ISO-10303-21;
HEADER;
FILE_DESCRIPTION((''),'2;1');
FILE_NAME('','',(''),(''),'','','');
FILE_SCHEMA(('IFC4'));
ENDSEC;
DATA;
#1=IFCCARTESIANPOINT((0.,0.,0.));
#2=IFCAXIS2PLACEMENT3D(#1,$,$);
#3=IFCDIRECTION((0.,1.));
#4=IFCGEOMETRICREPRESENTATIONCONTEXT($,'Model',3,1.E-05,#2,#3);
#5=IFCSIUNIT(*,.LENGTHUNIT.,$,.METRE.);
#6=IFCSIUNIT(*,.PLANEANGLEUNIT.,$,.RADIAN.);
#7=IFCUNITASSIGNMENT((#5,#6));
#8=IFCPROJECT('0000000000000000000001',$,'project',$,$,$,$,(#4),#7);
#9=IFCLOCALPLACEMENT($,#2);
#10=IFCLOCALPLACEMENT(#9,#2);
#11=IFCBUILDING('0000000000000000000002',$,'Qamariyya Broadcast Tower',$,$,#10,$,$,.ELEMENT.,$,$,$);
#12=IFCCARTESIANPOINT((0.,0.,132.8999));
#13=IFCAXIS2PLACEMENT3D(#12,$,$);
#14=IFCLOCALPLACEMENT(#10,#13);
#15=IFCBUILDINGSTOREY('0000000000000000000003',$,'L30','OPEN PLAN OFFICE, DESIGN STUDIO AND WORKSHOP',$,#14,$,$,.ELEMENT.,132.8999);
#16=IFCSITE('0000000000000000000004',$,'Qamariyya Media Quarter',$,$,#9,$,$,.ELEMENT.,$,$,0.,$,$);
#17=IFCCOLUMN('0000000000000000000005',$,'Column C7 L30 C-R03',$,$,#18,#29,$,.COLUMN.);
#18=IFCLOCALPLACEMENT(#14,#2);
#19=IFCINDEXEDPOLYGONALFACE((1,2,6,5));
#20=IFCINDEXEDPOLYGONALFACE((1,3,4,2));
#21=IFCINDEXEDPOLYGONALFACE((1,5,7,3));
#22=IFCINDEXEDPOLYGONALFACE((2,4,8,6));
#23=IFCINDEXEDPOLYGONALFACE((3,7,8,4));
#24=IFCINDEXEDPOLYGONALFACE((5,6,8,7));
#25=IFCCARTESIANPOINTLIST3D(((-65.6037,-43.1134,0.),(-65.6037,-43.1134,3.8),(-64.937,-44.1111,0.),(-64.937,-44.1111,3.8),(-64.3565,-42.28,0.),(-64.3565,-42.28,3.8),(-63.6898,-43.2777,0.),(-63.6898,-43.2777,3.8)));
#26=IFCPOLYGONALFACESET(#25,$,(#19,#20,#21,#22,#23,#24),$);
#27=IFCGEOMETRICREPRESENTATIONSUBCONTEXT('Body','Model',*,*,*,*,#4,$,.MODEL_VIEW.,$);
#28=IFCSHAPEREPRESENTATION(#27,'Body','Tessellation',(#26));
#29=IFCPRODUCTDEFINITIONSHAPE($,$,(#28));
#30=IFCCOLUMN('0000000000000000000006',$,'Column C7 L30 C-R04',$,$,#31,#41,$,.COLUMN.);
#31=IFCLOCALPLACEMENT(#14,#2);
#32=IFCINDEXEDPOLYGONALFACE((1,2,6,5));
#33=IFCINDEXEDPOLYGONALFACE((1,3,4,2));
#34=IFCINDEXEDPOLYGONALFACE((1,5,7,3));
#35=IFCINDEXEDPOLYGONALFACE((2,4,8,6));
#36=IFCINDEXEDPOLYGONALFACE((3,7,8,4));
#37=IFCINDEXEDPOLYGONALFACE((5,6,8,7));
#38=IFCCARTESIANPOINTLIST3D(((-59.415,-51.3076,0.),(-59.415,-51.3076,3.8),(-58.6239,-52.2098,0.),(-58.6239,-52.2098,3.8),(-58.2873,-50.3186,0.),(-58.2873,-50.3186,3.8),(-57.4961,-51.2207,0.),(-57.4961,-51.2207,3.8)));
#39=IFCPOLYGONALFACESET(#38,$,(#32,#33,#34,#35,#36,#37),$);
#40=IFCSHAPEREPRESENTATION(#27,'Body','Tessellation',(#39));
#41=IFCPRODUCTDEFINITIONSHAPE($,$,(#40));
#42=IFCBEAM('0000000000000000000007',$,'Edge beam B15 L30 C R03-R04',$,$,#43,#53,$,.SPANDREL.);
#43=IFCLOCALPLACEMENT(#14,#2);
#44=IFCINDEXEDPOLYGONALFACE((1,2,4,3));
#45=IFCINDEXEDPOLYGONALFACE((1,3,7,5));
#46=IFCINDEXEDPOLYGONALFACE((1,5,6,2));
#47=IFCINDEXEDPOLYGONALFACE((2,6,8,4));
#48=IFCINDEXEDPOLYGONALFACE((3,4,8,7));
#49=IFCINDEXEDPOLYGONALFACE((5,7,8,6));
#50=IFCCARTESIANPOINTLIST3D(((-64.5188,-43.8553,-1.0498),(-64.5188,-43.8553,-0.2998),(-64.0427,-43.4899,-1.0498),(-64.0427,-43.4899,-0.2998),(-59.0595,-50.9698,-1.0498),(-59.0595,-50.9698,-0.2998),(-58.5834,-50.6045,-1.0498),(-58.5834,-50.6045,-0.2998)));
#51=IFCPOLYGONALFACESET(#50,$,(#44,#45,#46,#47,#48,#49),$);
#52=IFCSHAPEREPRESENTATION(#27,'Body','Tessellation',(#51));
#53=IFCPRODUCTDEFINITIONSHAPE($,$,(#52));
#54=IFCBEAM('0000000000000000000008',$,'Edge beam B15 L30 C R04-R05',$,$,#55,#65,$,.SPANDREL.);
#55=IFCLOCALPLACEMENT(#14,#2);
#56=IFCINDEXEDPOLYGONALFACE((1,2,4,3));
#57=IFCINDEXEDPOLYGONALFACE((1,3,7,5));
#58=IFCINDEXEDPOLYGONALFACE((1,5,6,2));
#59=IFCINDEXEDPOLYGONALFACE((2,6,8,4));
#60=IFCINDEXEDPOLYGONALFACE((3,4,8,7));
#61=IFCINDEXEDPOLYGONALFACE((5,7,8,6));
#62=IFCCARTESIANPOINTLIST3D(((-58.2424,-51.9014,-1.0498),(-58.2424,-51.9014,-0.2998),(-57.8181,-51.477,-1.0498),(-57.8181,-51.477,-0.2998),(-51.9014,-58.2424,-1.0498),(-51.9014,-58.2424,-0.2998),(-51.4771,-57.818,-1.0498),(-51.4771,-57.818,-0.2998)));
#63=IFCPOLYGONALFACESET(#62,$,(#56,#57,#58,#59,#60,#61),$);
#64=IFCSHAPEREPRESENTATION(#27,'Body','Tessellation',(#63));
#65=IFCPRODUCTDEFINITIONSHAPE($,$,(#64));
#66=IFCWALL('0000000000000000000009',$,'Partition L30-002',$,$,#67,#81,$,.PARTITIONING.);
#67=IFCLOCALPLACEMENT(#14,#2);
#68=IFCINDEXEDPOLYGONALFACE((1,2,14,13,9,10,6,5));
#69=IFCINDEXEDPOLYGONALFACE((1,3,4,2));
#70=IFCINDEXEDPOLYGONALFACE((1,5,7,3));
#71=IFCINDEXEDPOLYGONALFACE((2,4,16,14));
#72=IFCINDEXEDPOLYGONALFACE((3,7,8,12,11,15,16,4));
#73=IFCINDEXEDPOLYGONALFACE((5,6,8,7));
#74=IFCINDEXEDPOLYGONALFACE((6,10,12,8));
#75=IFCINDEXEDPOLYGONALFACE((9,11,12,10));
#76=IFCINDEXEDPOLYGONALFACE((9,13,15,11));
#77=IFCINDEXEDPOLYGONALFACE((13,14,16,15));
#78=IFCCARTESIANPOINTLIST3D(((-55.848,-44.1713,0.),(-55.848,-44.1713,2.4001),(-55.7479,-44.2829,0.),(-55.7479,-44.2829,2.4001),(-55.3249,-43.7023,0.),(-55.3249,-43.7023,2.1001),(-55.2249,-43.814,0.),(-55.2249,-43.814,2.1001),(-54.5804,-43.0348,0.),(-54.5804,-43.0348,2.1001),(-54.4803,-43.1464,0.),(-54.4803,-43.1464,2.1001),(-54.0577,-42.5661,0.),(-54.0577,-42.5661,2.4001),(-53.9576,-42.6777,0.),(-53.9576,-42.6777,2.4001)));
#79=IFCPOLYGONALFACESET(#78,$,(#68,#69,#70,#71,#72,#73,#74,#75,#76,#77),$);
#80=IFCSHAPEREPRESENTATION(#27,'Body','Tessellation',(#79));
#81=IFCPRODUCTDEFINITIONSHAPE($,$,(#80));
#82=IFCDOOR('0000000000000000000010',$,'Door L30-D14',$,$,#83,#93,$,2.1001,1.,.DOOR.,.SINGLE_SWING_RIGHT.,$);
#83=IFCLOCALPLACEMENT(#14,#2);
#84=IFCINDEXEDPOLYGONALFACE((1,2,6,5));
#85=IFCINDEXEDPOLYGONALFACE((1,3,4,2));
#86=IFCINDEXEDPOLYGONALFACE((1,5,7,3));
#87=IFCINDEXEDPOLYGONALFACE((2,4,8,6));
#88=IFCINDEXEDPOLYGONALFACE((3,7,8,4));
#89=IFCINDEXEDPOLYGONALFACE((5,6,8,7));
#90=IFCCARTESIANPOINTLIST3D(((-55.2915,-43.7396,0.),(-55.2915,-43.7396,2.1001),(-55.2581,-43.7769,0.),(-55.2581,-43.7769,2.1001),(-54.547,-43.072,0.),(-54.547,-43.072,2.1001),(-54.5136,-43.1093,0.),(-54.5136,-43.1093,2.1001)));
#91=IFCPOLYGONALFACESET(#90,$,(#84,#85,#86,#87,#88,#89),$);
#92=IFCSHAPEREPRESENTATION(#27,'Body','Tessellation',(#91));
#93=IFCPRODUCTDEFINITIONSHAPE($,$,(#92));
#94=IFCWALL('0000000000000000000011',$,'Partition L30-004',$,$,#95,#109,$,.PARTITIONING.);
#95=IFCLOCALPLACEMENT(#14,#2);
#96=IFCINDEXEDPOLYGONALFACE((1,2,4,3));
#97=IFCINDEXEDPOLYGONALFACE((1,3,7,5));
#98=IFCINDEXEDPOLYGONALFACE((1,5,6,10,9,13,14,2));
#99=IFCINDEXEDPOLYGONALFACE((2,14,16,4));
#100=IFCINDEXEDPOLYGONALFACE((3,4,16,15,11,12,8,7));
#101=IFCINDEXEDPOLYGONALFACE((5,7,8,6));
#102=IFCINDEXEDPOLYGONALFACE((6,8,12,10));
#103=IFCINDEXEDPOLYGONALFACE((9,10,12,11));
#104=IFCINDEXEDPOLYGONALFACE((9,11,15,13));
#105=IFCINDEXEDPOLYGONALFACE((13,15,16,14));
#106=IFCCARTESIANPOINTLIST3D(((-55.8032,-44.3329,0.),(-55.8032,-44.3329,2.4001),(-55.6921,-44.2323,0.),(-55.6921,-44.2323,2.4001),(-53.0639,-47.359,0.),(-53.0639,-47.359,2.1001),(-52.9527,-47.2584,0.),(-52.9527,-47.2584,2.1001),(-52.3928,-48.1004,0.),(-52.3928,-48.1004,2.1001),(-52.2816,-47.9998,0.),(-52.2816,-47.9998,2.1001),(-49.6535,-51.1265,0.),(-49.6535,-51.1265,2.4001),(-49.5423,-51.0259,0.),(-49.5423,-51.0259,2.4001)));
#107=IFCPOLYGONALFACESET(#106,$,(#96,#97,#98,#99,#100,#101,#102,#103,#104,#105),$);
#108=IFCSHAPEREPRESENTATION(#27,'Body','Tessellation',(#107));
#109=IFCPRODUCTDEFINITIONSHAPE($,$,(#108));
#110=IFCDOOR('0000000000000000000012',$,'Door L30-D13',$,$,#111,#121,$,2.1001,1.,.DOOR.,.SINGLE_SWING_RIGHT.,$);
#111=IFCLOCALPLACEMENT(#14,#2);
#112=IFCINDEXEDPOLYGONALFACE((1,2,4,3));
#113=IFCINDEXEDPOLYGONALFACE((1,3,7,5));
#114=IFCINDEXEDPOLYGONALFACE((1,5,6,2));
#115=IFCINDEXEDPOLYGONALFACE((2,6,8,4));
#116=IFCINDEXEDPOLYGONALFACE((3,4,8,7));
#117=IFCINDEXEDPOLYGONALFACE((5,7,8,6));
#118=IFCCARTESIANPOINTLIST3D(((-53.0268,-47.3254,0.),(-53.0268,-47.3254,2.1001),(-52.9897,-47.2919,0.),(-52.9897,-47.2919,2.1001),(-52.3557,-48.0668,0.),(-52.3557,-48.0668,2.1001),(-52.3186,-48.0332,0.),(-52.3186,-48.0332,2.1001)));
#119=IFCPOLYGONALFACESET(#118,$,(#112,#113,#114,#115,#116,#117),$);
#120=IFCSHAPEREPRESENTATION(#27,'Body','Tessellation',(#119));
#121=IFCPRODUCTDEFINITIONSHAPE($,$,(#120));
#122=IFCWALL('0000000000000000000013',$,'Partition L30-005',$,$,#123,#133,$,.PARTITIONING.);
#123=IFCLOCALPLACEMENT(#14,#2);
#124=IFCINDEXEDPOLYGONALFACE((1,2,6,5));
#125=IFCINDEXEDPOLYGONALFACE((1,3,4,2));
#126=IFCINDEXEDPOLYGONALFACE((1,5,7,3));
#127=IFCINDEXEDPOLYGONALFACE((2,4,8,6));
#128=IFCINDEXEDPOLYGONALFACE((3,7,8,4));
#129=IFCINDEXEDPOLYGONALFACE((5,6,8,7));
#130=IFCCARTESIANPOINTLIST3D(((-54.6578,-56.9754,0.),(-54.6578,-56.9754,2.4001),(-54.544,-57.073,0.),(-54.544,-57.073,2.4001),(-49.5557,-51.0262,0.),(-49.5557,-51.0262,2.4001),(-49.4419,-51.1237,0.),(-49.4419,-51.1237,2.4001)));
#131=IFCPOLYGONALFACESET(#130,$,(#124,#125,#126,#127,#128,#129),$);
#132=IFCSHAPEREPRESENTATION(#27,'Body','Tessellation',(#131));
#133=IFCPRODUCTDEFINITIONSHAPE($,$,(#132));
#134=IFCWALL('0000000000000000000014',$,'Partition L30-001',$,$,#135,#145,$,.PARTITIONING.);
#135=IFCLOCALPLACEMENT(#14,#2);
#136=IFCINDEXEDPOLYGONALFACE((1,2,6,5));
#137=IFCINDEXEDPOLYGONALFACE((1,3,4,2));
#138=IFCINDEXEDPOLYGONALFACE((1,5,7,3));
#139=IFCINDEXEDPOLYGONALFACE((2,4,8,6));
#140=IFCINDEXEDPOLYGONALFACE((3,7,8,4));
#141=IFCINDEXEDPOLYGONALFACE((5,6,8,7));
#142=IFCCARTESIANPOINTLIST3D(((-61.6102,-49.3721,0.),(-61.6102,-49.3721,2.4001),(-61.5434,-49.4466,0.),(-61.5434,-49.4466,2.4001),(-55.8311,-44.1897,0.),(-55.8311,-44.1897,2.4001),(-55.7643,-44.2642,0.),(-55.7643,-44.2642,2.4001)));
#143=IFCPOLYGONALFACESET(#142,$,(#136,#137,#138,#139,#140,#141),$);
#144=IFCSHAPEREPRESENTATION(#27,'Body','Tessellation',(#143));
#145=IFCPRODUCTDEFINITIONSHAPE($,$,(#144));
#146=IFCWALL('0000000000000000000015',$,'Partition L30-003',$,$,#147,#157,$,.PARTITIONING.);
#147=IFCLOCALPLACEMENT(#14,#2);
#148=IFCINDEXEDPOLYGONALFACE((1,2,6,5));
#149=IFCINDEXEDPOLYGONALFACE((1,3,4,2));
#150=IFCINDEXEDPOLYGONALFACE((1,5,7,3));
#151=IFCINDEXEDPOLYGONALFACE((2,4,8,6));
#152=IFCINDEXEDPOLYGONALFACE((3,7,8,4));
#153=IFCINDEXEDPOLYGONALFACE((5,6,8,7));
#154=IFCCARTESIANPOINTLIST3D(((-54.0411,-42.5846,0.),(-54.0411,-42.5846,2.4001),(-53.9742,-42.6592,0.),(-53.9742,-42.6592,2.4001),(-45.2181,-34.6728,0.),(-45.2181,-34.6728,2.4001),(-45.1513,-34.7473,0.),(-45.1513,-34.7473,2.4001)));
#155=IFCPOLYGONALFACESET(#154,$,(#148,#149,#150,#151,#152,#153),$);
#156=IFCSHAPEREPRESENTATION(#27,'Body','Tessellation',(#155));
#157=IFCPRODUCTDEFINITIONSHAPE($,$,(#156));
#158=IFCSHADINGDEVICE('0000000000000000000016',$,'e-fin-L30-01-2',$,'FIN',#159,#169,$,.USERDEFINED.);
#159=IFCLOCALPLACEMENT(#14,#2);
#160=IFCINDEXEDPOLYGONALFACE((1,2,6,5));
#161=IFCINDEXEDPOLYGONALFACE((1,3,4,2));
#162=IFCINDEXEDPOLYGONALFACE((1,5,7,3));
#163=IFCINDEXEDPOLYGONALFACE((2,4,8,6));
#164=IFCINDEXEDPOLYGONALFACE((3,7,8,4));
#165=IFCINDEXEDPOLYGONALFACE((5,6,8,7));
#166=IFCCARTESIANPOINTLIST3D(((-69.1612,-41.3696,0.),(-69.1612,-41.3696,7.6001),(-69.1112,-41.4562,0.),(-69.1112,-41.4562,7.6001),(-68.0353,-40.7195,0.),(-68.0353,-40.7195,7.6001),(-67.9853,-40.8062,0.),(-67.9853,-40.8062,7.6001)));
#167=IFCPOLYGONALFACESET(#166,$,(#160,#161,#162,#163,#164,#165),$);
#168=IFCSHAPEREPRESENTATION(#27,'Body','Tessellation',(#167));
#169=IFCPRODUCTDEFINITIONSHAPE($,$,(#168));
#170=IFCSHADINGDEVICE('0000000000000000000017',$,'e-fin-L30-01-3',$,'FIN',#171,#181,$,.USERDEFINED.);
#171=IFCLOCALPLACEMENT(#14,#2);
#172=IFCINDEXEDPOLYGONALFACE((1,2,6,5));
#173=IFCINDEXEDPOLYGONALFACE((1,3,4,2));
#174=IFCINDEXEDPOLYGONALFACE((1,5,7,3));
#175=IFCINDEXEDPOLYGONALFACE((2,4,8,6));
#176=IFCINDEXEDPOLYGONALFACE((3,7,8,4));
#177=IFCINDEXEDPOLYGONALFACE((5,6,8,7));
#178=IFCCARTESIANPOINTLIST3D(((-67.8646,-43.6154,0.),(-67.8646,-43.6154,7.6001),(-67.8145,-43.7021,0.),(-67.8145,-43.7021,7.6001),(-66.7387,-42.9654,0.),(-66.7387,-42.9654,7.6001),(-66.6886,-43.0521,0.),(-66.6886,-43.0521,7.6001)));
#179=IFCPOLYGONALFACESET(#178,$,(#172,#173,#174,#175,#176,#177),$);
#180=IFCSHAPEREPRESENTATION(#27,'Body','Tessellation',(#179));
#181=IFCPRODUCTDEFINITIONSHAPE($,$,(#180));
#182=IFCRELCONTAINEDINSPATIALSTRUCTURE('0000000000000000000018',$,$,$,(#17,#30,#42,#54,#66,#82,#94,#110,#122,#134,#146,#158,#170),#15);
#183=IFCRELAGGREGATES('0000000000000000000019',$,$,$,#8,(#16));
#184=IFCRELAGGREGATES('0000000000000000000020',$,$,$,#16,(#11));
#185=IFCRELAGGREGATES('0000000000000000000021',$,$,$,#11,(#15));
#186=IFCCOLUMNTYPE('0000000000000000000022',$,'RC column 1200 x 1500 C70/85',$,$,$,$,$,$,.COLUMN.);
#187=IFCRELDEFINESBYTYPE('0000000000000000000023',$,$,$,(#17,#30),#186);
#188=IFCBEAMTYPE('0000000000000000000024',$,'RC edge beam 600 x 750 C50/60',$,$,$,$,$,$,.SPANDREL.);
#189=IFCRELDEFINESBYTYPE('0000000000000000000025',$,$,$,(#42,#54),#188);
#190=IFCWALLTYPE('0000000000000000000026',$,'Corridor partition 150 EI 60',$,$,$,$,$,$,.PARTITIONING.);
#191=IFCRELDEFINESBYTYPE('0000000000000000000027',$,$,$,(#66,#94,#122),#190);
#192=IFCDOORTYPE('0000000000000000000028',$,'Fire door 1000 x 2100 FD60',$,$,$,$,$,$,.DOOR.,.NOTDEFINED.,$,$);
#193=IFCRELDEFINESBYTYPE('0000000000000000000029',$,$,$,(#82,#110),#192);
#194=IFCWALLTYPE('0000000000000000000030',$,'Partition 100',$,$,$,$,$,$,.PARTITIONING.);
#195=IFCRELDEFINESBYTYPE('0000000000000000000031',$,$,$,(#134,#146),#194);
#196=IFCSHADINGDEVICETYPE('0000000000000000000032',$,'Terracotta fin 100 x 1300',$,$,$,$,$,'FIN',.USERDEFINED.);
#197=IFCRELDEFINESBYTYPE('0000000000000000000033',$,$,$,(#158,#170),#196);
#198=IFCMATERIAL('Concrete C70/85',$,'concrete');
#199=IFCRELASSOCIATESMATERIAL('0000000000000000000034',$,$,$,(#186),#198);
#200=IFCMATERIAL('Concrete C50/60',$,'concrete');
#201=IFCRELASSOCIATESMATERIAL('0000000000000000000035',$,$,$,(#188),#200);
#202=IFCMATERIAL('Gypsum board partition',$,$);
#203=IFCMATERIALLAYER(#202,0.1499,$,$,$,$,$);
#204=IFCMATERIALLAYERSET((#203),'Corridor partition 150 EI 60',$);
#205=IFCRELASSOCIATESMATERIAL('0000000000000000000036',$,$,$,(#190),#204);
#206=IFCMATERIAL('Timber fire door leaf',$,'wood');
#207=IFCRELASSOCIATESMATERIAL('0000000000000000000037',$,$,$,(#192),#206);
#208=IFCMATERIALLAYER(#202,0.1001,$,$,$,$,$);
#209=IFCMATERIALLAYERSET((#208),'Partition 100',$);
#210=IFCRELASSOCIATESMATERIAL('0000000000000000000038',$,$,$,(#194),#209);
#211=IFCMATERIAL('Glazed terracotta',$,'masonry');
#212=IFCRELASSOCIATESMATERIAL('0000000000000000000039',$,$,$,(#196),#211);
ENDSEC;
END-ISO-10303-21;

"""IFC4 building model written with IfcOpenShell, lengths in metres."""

from ifc_helpers import new_model, si_unit, direction, frame, frame_2d, origin, origin_2d, place, context, subcontext, project, spatial, rectangle, extrude, material, layer, layer_set, material_profile, profile_set, type_object, element, fill, save


model = new_model("IFC4")

# Units and contexts
model_context = context("Model", 3, precision=1e-05, world=origin(), true_north=direction((0.0, 1.0)))
body_context = subcontext(model_context, "Body", "Model", "MODEL_VIEW")
ifc_project = project(units=[si_unit("LENGTHUNIT", "METRE"), si_unit("PLANEANGLEUNIT", "RADIAN")], contexts=[model_context])

# Site, building, storey
site_placement = place(None, origin())
site = spatial("IfcSite", under=ifc_project, at=site_placement, Name="Qamariyya Media Quarter", CompositionType="ELEMENT", RefElevation=0.0)
building_placement = place(site_placement, origin())
building = spatial("IfcBuilding", under=site, at=building_placement, Name="Qamariyya Broadcast Tower", CompositionType="ELEMENT")
storey_placement = place(building_placement, frame((0.0, 0.0, 132.8999)))
storey = spatial("IfcBuildingStorey", under=building, at=storey_placement, Name="L30", Description="OPEN PLAN OFFICE, DESIGN STUDIO AND WORKSHOP", CompositionType="ELEMENT", Elevation=132.8999)

# Columns
ifc_material_1 = material(Name="Concrete C70/85", Category="concrete")
ifc_material_profile_1 = material_profile(ifc_material_1, rectangle(XDim=1.2, YDim=1.5, at=origin_2d()))
ifc_profile_set_1 = profile_set([ifc_material_profile_1], Name="Concrete C70/85")
column_type = type_object("IfcColumnType", Name="RC column 1200 x 1500 C70/85", PredefinedType="COLUMN", material=ifc_profile_set_1)
for number, where, z_axis, x_axis, name in (
    (1, (-64.6467, -43.1956, 0.0), (0.0, 0.0, 1.0), (0.55557, -0.83147, 0.0), "Column C7 L30 C-R03"),
    (2, (-58.4556, -51.2642, 0.0), (0.0, 0.0, 1.0), (0.659346, -0.75184, 0.0), "Column C7 L30 C-R04"),
):
    element("IfcColumn", number, at=place(storey_placement, frame(where, z_axis=z_axis, x_axis=x_axis)), inside=storey, type_object=column_type, Name=name, PredefinedType="COLUMN", context=body_context, shape_type="SweptSolid", body=[
        extrude(rectangle(XDim=1.2, YDim=1.5, at=origin_2d()), origin(), (0.0, 0.0, 1.0), 3.8),
    ])

# Beams
ifc_material_2 = material(Name="Concrete C50/60", Category="concrete")
ifc_material_profile_2 = material_profile(ifc_material_2, rectangle(XDim=0.6001, YDim=0.75, at=origin_2d()))
ifc_profile_set_2 = profile_set([ifc_material_profile_2], Name="Concrete C50/60")
beam_type = type_object("IfcBeamType", Name="RC edge beam 600 x 750 C50/60", PredefinedType="SPANDREL", material=ifc_profile_set_2)
beam_1_placement = place(storey_placement, frame((-64.2808, -43.6726, -0.6748), z_axis=(0.608767, -0.793349, 0.0), x_axis=(0.793349, 0.608767, 0.0)))
element("IfcBeam", 3, at=beam_1_placement, inside=storey, type_object=beam_type, Name="Edge beam B15 L30 C R03-R04", PredefinedType="SPANDREL", context=body_context, shape_type="SweptSolid", body=[
    extrude(rectangle(XDim=0.6001, YDim=0.75, at=origin_2d()), origin(), (0.0, 0.0, 1.0), 8.9678),
])
beam_2_placement = place(storey_placement, frame((-58.0303, -51.6892, -0.6748), z_axis=(0.707107, -0.707107, 0.0), x_axis=(0.707107, 0.707107, 0.0)))
element("IfcBeam", 4, at=beam_2_placement, inside=storey, type_object=beam_type, Name="Edge beam B15 L30 C R04-R05", PredefinedType="SPANDREL", context=body_context, shape_type="SweptSolid", body=[
    extrude(rectangle(XDim=0.6001, YDim=0.75, at=origin_2d()), origin(), (0.0, 0.0, 1.0), 8.9675),
])

# Walls, openings, doors
ifc_material_3 = material(Name="Gypsum board partition")
ifc_layer_1 = layer(ifc_material_3, 0.1499)
ifc_layer_set_1 = layer_set([ifc_layer_1], Name="Corridor partition 150 EI 60")
wall_type_1 = type_object("IfcWallType", Name="Corridor partition 150 EI 60", PredefinedType="PARTITIONING", material=ifc_layer_set_1)
wall_1_placement = place(storey_placement, frame((-55.7979, -44.2271, 0.0), z_axis=(0.0, 0.0, 1.0), x_axis=(0.74454, 0.667578, 0.0)))
wall_1 = element("IfcWall", 5, at=wall_1_placement, inside=storey, type_object=wall_type_1, Name="Partition L30-002", PredefinedType="PARTITIONING", context=body_context, shape_type="SweptSolid", body=[
    extrude(rectangle(XDim=2.4045, YDim=0.1499, at=frame_2d((1.2021, 0.0))), origin(), (0.0, 0.0, 1.0), 2.4001),
])
opening_1_placement = place(wall_1_placement, frame((0.7024, 0.0, 0.0)))
opening_1 = element("IfcOpeningElement", 6, at=opening_1_placement, cuts=wall_1, PredefinedType="OPENING", context=body_context, shape_type="SweptSolid", body=[
    extrude(rectangle(XDim=1.0, YDim=2.1001, at=frame_2d((0.5, 1.05))), frame((0.0, 0.085, 0.0), z_axis=(0.0, -1.0, 0.0), x_axis=(1.0, 0.0, 0.0)), (0.0, 0.0, 1.0), 0.1699),
])
ifc_material_4 = material(Name="Timber fire door leaf", Category="wood")
door_type = type_object("IfcDoorType", Name="Fire door 1000 x 2100 FD60", OperationType="NOTDEFINED", PredefinedType="DOOR", material=ifc_material_4)
door_1_placement = place(opening_1_placement, origin())
door_1 = element("IfcDoor", 7, at=door_1_placement, inside=storey, type_object=door_type, Name="Door L30-D14", OperationType="SINGLE_SWING_RIGHT", OverallHeight=2.1001, OverallWidth=1.0, PredefinedType="DOOR", context=body_context, shape_type="SweptSolid", body=[
    extrude(rectangle(XDim=1.0, YDim=2.1001, at=frame_2d((0.5, 1.05))), frame((0.0, 0.0249, 0.0), z_axis=(0.0, -1.0, 0.0), x_axis=(1.0, 0.0, 0.0)), (0.0, 0.0, 1.0), 0.05),
])
fill(opening_1, door_1)
wall_2_placement = place(storey_placement, frame((-49.5979, -51.0762, 0.0), z_axis=(0.0, 0.0, 1.0), x_axis=(-0.671105, 0.741362, 0.0)))
wall_2 = element("IfcWall", 8, at=wall_2_placement, inside=storey, type_object=wall_type_1, Name="Partition L30-004", PredefinedType="PARTITIONING", context=body_context, shape_type="SweptSolid", body=[
    extrude(rectangle(XDim=9.1636, YDim=0.1499, at=frame_2d((4.5818, 0.0))), origin(), (0.0, 0.0, 1.0), 2.4001),
])
opening_2_placement = place(wall_2_placement, frame((4.0818, 0.0, 0.0)))
opening_2 = element("IfcOpeningElement", 9, at=opening_2_placement, cuts=wall_2, PredefinedType="OPENING", context=body_context, shape_type="SweptSolid", body=[
    extrude(rectangle(XDim=1.0, YDim=2.1001, at=frame_2d((0.5, 1.05))), frame((0.0, 0.085, 0.0), z_axis=(0.0, -1.0, 0.0), x_axis=(1.0, 0.0, 0.0)), (0.0, 0.0, 1.0), 0.1699),
])
door_2_placement = place(opening_2_placement, origin())
door_2 = element("IfcDoor", 10, at=door_2_placement, inside=storey, type_object=door_type, Name="Door L30-D13", OperationType="SINGLE_SWING_RIGHT", OverallHeight=2.1001, OverallWidth=1.0, PredefinedType="DOOR", context=body_context, shape_type="SweptSolid", body=[
    extrude(rectangle(XDim=1.0, YDim=2.1001, at=frame_2d((0.5, 1.05))), frame((0.0, 0.0249, 0.0), z_axis=(0.0, -1.0, 0.0), x_axis=(1.0, 0.0, 0.0)), (0.0, 0.0, 1.0), 0.05),
])
fill(opening_2, door_2)

# Walls
wall_3_placement = place(storey_placement, frame((-49.4988, -51.075, 0.0), z_axis=(0.0, 0.0, 1.0), x_axis=(-0.650991, -0.759085, 0.0)))
element("IfcWall", 11, at=wall_3_placement, inside=storey, type_object=wall_type_1, Name="Partition L30-005", PredefinedType="PARTITIONING", context=body_context, shape_type="SweptSolid", body=[
    extrude(rectangle(XDim=7.8374, YDim=0.1499, at=frame_2d((3.9187, 0.0))), origin(), (0.0, 0.0, 1.0), 2.4001),
])
ifc_layer_2 = layer(ifc_material_3, 0.1001)
ifc_layer_set_2 = layer_set([ifc_layer_2], Name="Partition 100")
wall_type_2 = type_object("IfcWallType", Name="Partition 100", PredefinedType="PARTITIONING", material=ifc_layer_set_2)
wall_4_placement = place(storey_placement, frame((-61.5769, -49.4094, 0.0), z_axis=(0.0, 0.0, 1.0), x_axis=(0.744496, 0.667627, 0.0)))
element("IfcWall", 12, at=wall_4_placement, inside=storey, type_object=wall_type_2, Name="Partition L30-001", PredefinedType="PARTITIONING", context=body_context, shape_type="SweptSolid", body=[
    extrude(rectangle(XDim=7.7625, YDim=0.1001, at=frame_2d((3.8813, 0.0))), origin(), (0.0, 0.0, 1.0), 2.4001),
])
wall_5_placement = place(storey_placement, frame((-54.0076, -42.6218, 0.0), z_axis=(0.0, 0.0, 1.0), x_axis=(0.744503, 0.667619, 0.0)))
element("IfcWall", 13, at=wall_5_placement, inside=storey, type_object=wall_type_2, Name="Partition L30-003", PredefinedType="PARTITIONING", context=body_context, shape_type="SweptSolid", body=[
    extrude(rectangle(XDim=11.8508, YDim=0.1001, at=frame_2d((5.9253, 0.0))), origin(), (0.0, 0.0, 1.0), 2.4001),
])

# Shading devices
ifc_material_5 = material(Name="Glazed terracotta", Category="masonry")
ifc_material_profile_3 = material_profile(ifc_material_5, rectangle(XDim=1.3, YDim=0.1001, at=origin_2d()))
ifc_profile_set_3 = profile_set([ifc_material_profile_3], Name="Glazed terracotta")
shading_device_type_1 = type_object("IfcShadingDeviceType", Name="Terracotta fin 100 x 1300", ElementType="FIN", PredefinedType="USERDEFINED", material=ifc_profile_set_3)
for number, where, z_axis, x_axis, name in (
    (14, (-68.5732, -41.0879, 0.0), (0.0, 0.0, 1.0), (-0.866025, -0.5, 0.0), "e-fin-L30-01-2"),
    (15, (-67.2766, -43.3337, 0.0), (0.0, 0.0, 1.0), (-0.866025, -0.5, 0.0), "e-fin-L30-01-3"),
):
    element("IfcShadingDevice", number, at=place(storey_placement, frame(where, z_axis=z_axis, x_axis=x_axis)), inside=storey, type_object=shading_device_type_1, Name=name, ObjectType="FIN", PredefinedType="USERDEFINED", context=body_context, shape_type="SweptSolid", body=[
        extrude(rectangle(XDim=1.3, YDim=0.1001, at=origin_2d()), origin(), (0.0, 0.0, 1.0), 7.6001),
    ])

save(model, "model.ifc")
